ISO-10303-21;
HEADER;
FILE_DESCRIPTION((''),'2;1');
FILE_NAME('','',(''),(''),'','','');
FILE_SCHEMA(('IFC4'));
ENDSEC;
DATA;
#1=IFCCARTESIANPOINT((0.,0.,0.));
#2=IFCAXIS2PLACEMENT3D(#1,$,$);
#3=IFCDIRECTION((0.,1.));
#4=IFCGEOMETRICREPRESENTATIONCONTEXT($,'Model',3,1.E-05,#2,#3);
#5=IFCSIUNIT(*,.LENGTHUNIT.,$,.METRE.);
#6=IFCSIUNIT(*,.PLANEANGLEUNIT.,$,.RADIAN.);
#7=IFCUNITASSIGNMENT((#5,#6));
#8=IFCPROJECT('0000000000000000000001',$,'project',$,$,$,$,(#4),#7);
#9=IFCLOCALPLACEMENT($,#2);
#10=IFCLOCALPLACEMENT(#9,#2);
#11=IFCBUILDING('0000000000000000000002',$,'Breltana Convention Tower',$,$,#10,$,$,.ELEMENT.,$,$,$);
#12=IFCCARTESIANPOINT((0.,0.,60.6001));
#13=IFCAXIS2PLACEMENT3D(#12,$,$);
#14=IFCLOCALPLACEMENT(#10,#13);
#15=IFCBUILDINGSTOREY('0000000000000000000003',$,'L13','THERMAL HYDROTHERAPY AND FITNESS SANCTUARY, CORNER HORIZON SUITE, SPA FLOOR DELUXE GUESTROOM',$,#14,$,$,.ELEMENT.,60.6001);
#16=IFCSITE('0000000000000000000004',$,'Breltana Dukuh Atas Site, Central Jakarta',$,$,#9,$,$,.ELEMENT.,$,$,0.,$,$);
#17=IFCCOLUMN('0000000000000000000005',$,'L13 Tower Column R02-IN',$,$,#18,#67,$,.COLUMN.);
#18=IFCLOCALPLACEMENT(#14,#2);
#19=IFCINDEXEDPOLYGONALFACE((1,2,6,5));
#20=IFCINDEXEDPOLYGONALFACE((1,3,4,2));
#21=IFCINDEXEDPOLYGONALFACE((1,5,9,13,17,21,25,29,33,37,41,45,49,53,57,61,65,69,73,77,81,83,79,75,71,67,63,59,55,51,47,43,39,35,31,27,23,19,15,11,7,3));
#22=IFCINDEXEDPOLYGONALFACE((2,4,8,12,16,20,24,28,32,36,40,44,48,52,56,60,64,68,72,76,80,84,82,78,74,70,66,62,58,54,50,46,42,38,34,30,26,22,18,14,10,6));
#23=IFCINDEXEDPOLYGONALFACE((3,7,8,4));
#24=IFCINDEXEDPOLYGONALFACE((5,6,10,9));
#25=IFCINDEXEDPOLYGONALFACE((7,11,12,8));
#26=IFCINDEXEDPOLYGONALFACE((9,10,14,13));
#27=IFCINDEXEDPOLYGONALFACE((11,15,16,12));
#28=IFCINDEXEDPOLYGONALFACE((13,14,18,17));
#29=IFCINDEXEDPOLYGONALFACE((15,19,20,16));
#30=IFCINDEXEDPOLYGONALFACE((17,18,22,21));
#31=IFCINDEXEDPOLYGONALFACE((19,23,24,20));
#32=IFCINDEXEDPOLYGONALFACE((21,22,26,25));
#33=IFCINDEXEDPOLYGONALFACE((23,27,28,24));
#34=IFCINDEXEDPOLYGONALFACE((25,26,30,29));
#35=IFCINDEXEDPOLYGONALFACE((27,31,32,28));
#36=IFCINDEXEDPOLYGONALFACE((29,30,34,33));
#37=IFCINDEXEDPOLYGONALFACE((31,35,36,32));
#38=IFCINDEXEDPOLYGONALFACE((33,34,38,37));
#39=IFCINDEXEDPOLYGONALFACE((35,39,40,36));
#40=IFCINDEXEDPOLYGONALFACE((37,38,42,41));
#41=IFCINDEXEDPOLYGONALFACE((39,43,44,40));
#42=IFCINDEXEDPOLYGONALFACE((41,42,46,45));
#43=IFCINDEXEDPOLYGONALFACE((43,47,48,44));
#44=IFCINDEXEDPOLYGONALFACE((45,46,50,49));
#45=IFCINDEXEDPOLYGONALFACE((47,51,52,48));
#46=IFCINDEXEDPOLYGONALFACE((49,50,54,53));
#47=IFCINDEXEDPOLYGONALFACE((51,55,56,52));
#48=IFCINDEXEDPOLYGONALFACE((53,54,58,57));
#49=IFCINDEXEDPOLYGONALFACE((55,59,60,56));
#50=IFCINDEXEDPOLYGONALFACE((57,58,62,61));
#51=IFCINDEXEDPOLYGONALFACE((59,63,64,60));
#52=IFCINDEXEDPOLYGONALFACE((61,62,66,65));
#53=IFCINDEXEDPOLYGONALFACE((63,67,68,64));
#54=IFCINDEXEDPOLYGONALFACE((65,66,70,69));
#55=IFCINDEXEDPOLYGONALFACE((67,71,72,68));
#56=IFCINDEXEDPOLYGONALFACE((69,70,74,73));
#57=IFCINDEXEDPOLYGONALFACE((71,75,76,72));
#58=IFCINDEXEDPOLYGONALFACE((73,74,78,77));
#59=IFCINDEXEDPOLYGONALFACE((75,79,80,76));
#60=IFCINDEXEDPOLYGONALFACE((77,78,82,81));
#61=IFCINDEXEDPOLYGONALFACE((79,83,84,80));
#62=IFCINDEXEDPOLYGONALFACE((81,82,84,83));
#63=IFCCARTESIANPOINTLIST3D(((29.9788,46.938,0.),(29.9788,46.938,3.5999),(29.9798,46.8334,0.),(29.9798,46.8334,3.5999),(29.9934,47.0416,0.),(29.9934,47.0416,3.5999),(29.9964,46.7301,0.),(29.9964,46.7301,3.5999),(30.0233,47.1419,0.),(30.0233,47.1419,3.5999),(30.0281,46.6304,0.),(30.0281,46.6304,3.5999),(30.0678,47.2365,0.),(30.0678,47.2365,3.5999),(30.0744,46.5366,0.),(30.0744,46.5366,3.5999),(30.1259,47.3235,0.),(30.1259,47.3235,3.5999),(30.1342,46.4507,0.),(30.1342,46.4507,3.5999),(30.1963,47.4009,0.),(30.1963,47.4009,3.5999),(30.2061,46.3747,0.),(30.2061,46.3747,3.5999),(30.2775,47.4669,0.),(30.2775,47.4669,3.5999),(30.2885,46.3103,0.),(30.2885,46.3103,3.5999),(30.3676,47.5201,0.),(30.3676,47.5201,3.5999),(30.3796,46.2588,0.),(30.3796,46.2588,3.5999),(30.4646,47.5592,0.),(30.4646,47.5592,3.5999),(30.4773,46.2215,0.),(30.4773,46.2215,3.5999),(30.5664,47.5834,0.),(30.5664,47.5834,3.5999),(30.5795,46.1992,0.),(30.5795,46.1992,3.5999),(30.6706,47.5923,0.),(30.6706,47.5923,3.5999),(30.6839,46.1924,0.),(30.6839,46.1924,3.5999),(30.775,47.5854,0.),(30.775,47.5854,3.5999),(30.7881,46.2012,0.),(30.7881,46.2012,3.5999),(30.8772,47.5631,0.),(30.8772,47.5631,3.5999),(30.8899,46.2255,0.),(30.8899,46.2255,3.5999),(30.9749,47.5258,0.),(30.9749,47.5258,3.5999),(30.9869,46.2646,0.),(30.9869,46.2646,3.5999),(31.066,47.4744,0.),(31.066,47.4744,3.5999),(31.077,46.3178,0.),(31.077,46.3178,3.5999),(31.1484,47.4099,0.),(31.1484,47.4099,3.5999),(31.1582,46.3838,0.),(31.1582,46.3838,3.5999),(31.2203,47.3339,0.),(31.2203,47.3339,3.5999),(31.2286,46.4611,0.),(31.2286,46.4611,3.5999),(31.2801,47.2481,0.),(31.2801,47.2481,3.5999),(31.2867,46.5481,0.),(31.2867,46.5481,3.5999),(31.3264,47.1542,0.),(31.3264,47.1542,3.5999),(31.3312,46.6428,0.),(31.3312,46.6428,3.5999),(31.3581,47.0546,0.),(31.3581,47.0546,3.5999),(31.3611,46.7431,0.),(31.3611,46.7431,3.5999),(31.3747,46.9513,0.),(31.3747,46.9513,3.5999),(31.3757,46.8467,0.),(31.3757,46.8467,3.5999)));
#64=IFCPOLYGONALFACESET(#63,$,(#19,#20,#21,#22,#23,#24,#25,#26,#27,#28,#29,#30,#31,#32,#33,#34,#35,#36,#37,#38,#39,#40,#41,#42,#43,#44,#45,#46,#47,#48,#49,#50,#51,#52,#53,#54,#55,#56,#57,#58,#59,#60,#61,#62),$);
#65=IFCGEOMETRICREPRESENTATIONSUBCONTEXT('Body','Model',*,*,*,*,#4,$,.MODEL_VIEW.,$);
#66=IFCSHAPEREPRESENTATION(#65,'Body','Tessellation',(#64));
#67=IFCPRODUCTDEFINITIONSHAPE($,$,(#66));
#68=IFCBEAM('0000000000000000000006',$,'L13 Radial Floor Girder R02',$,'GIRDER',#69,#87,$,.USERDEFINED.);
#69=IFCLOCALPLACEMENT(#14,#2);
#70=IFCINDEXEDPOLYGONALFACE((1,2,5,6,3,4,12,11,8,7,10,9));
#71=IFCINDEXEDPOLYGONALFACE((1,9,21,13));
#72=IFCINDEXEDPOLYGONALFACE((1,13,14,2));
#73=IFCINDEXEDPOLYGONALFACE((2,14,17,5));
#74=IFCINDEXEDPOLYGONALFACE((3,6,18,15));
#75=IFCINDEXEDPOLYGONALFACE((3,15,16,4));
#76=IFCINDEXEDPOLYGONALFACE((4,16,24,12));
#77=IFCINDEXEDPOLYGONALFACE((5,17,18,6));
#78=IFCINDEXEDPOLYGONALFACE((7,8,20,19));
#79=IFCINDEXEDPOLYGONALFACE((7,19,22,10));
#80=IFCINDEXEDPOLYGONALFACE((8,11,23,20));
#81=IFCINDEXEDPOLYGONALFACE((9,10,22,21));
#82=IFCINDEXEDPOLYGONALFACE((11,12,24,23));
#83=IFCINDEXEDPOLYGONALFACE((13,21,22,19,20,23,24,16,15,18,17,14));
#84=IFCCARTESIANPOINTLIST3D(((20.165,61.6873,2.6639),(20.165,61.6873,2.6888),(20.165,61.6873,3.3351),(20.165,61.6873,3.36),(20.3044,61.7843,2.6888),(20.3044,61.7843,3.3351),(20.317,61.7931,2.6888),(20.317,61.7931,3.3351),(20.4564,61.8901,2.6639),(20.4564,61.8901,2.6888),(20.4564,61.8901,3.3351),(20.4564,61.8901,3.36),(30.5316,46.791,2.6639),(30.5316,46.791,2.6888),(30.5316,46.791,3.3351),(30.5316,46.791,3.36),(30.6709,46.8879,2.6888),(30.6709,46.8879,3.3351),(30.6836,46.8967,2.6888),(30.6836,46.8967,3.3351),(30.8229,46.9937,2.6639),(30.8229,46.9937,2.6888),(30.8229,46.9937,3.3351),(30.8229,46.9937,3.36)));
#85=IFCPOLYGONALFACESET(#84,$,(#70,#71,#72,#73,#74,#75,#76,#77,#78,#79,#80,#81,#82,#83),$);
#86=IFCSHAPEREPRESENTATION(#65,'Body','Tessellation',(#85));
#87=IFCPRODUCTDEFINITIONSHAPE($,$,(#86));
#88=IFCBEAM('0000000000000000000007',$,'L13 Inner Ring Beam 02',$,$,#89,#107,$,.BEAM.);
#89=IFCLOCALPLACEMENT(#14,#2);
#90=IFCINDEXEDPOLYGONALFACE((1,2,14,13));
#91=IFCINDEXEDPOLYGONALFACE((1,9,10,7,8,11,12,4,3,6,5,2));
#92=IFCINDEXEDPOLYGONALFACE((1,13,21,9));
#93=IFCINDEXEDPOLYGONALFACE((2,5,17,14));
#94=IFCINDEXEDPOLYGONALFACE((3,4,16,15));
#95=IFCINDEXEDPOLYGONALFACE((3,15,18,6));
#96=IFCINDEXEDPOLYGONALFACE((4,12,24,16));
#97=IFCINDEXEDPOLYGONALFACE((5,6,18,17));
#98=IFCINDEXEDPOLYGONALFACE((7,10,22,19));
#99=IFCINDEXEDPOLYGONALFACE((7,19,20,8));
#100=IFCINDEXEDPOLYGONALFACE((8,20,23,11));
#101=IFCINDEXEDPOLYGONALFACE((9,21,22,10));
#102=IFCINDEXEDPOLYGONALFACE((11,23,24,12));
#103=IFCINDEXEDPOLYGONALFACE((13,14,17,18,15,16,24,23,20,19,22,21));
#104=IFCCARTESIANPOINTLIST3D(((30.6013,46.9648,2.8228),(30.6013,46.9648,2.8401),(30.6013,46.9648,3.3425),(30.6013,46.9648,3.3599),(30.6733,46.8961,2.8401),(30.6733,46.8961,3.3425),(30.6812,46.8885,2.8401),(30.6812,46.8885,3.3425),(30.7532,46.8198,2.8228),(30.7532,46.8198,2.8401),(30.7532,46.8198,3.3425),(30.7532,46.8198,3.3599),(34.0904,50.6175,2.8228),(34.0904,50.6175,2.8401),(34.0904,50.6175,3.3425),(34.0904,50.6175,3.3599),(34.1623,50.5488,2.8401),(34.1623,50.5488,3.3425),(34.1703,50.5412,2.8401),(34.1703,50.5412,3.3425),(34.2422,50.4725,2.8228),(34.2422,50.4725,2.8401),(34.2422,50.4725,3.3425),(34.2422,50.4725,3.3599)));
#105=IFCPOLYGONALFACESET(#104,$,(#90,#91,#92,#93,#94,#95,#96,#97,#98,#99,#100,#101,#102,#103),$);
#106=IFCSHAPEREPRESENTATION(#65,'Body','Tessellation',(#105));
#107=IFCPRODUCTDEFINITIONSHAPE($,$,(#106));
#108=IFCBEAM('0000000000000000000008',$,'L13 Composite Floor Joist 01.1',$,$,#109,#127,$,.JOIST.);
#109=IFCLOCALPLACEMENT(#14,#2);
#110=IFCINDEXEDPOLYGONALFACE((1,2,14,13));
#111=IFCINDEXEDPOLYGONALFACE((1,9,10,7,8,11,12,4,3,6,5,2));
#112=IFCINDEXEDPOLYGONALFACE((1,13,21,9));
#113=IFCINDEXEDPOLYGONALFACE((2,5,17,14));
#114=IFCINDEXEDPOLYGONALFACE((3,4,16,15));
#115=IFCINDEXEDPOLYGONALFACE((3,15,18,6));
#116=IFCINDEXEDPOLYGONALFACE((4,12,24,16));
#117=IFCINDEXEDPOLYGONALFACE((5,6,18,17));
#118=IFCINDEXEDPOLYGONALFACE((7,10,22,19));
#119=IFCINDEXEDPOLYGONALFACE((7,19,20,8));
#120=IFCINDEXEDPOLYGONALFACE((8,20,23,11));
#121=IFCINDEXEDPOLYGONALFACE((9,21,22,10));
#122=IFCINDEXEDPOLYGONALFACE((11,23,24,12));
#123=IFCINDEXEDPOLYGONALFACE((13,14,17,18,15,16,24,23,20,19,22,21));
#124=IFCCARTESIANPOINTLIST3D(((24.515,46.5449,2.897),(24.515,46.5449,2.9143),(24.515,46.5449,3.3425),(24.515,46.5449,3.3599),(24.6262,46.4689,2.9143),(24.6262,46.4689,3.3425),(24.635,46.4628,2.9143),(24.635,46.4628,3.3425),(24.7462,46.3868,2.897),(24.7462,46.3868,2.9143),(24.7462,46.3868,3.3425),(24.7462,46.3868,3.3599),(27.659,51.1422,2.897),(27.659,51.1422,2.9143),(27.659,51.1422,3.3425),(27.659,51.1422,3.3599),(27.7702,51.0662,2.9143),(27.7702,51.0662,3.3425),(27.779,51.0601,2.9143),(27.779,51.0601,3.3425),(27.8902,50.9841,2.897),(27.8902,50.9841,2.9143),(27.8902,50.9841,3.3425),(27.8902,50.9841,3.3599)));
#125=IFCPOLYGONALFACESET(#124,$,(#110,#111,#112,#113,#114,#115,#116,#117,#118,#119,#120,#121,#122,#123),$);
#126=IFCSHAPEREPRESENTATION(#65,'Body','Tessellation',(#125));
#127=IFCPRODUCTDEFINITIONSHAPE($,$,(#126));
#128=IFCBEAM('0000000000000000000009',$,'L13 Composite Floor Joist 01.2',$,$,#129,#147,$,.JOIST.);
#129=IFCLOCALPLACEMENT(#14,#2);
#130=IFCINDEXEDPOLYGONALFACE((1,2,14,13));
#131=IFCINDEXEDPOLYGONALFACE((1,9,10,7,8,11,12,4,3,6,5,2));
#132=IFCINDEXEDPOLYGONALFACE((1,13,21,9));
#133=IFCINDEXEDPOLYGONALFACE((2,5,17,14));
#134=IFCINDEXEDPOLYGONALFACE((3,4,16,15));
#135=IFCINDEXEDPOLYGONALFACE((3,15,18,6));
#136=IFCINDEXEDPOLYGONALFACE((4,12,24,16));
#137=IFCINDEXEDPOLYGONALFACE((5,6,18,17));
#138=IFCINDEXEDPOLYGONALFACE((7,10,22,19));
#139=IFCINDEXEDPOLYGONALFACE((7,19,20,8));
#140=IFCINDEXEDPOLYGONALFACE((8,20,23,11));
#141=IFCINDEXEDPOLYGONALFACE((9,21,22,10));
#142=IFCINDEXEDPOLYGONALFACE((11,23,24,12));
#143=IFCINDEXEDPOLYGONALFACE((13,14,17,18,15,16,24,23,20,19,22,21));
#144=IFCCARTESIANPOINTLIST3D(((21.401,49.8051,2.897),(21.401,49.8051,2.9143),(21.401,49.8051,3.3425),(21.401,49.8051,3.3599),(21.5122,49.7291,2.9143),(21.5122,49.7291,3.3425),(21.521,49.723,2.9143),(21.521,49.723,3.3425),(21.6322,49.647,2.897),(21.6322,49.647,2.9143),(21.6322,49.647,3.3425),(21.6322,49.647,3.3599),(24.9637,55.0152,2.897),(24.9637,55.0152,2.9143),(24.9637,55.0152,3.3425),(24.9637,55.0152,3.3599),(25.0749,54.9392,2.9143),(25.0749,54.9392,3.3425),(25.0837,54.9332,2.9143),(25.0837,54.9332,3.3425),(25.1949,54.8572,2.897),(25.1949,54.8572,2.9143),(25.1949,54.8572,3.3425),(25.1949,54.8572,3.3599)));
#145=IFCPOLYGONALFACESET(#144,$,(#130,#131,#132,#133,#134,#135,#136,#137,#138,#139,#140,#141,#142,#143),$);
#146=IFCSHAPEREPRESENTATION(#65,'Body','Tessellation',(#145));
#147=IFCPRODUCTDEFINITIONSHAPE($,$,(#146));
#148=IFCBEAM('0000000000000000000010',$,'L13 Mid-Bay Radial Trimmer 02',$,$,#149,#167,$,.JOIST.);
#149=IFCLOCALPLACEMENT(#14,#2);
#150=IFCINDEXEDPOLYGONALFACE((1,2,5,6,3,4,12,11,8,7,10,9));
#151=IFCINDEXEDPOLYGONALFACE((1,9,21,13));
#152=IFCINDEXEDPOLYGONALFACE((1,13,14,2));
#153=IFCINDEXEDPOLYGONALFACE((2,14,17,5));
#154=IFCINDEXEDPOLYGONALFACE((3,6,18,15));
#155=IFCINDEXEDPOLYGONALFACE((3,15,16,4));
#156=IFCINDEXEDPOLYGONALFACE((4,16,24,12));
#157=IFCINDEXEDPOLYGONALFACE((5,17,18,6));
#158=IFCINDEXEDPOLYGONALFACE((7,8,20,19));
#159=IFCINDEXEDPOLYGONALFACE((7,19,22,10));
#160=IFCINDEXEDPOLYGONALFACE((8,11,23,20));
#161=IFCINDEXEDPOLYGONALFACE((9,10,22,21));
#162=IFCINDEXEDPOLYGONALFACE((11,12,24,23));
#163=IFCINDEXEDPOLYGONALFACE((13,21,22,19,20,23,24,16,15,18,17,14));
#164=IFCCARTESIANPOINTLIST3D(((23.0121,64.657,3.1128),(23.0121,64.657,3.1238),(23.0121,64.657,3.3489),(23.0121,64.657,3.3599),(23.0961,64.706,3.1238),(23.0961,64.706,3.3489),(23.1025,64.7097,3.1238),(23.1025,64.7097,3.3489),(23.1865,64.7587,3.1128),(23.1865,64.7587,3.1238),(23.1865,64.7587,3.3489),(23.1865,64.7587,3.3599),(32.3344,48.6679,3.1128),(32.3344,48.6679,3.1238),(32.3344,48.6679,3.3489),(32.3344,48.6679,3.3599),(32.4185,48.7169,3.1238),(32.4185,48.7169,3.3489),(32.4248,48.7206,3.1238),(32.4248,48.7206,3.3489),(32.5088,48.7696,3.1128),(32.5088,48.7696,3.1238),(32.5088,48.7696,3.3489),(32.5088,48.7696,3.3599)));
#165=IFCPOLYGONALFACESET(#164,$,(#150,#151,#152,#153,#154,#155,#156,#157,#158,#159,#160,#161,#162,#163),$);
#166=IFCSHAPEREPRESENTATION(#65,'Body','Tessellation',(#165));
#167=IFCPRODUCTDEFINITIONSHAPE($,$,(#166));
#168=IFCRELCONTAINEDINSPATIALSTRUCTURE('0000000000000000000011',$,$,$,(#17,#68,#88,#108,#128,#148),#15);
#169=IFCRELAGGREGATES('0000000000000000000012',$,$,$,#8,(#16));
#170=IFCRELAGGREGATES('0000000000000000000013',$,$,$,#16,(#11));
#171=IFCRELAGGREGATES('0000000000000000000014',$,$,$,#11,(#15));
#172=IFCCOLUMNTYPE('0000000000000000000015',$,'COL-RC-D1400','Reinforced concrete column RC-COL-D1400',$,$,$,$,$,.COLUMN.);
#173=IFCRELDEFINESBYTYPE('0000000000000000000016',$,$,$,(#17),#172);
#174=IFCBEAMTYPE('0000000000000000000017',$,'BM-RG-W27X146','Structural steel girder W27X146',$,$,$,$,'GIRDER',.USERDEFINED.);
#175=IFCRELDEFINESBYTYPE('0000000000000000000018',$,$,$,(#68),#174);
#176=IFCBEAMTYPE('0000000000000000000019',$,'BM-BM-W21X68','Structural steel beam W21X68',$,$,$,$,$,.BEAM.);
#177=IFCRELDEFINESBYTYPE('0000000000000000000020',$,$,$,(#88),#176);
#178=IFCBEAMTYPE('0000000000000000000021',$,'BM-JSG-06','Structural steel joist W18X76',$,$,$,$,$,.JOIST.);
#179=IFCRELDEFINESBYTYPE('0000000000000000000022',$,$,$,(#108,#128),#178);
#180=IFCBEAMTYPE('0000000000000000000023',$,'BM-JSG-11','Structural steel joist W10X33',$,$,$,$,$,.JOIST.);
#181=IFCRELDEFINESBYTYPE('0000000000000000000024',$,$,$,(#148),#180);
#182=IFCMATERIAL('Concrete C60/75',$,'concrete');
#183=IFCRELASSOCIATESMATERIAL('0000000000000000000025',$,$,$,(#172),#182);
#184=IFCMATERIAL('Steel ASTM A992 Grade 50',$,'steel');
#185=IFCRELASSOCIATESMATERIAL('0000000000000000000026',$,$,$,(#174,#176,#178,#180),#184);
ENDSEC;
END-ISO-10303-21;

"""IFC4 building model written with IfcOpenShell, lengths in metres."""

from ifc_helpers import new_model, si_unit, direction, frame, origin, origin_2d, place, context, subcontext, project, spatial, circle, i_section, extrude, source, transform, mapped, material, material_profile, profile_set, type_object, type_shapes, element, save


model = new_model("IFC4")

# Units and contexts
model_context = context("Model", 3, precision=1e-05, world=origin(), true_north=direction((0.0, 1.0)))
body_context = subcontext(model_context, "Body", "Model", "MODEL_VIEW")
ifc_project = project(units=[si_unit("LENGTHUNIT", "METRE"), si_unit("PLANEANGLEUNIT", "RADIAN")], contexts=[model_context])

# Site, building, storey
site_placement = place(None, origin())
site = spatial("IfcSite", under=ifc_project, at=site_placement, Name="Breltana Dukuh Atas Site, Central Jakarta", CompositionType="ELEMENT", RefElevation=0.0)
building_placement = place(site_placement, origin())
building = spatial("IfcBuilding", under=site, at=building_placement, Name="Breltana Convention Tower", CompositionType="ELEMENT")
storey_placement = place(building_placement, frame((0.0, 0.0, 60.6001)))
storey = spatial("IfcBuildingStorey", under=building, at=storey_placement, Name="L13", Description="THERMAL HYDROTHERAPY AND FITNESS SANCTUARY, CORNER HORIZON SUITE, SPA FLOOR DELUXE GUESTROOM", CompositionType="ELEMENT", Elevation=60.6001)

# Column
ifc_material_1 = material(Name="Concrete C60/75", Category="concrete")
ifc_material_profile_1 = material_profile(ifc_material_1, circle(Radius=0.7, at=origin_2d()), Name="RC-COL-D1400")
ifc_profile_set_1 = profile_set([ifc_material_profile_1], Name="Concrete C60/75")
column_type = type_object("IfcColumnType", Name="COL-RC-D1400", Description="Reinforced concrete column RC-COL-D1400", PredefinedType="COLUMN", material=ifc_profile_set_1)
shared_shape_1 = source(origin(), body_context, "Body", "SweptSolid", [
    extrude(circle(Radius=0.7, at=origin_2d()), origin(), (0.0, 0.0, 1.0), 3.5999),
])
column_placement = place(storey_placement, frame((30.6772, 46.8923, 0.0), z_axis=(0.0, 0.0, 1.0), x_axis=(-0.571143, 0.82085, 0.0)))
element("IfcColumn", 1, at=column_placement, inside=storey, type_object=column_type, Name="L13 Tower Column R02-IN", PredefinedType="COLUMN", context=body_context, shape_type="MappedRepresentation", body=[
    mapped(shared_shape_1, transform((0.0, 0.0, 0.0), scale=1.0)),
])

# Beams
ifc_material_2 = material(Name="Steel ASTM A992 Grade 50", Category="steel")
ifc_material_profile_2 = material_profile(ifc_material_2, i_section(OverallWidth=0.355, OverallDepth=0.696, WebThickness=0.0154, FlangeThickness=0.0249, at=origin_2d()), Name="W27X146")
ifc_profile_set_2 = profile_set([ifc_material_profile_2], Name="Steel ASTM A992 Grade 50")
beam_type_1 = type_object("IfcBeamType", Name="BM-RG-W27X146", Description="Structural steel girder W27X146", ElementType="GIRDER", PredefinedType="USERDEFINED", material=ifc_profile_set_2)
shared_shape_2 = source(origin(), body_context, "Body", "SweptSolid", [
    extrude(i_section(OverallWidth=0.355, OverallDepth=0.696, WebThickness=0.0154, FlangeThickness=0.0249, at=origin_2d()), origin(), (0.0, 0.0, 1.0), 18.1484),
])
beam_1_placement = place(storey_placement, frame((30.6772, 46.8923, 3.012), z_axis=(-0.571208, 0.820806, 0.0), x_axis=(-0.820806, -0.571208, 0.0)))
element("IfcBeam", 2, at=beam_1_placement, inside=storey, type_object=beam_type_1, Name="L13 Radial Floor Girder R02", ObjectType="GIRDER", PredefinedType="USERDEFINED", context=body_context, shape_type="MappedRepresentation", body=[
    mapped(shared_shape_2, transform((0.0, 0.0, 0.0), scale=1.0)),
])
ifc_material_profile_3 = material_profile(ifc_material_2, i_section(OverallWidth=0.21, OverallDepth=0.5371, WebThickness=0.011, FlangeThickness=0.0173, at=origin_2d()), Name="W21X68")
ifc_profile_set_3 = profile_set([ifc_material_profile_3], Name="Steel ASTM A992 Grade 50")
beam_type_2 = type_object("IfcBeamType", Name="BM-BM-W21X68", Description="Structural steel beam W21X68", PredefinedType="BEAM", material=ifc_profile_set_3)
shared_shape_3 = source(origin(), body_context, "Body", "SweptSolid", [
    extrude(i_section(OverallWidth=0.21, OverallDepth=0.5371, WebThickness=0.011, FlangeThickness=0.0173, at=origin_2d()), origin(), (0.0, 0.0, 1.0), 5.0513),
])
beam_2_placement = place(storey_placement, frame((30.6772, 46.8923, 3.0913), z_axis=(0.69073, 0.723113, 0.0), x_axis=(-0.723113, 0.69073, 0.0)))
element("IfcBeam", 3, at=beam_2_placement, inside=storey, type_object=beam_type_2, Name="L13 Inner Ring Beam 02", PredefinedType="BEAM", context=body_context, shape_type="MappedRepresentation", body=[
    mapped(shared_shape_3, transform((0.0, 0.0, 0.0), scale=1.0)),
])
ifc_material_profile_4 = material_profile(ifc_material_2, i_section(OverallWidth=0.28, OverallDepth=0.4629, WebThickness=0.0107, FlangeThickness=0.0173, at=origin_2d()), Name="W18X76")
ifc_profile_set_4 = profile_set([ifc_material_profile_4], Name="Steel ASTM A992 Grade 50")
beam_type_3 = type_object("IfcBeamType", Name="BM-JSG-06", Description="Structural steel joist W18X76", PredefinedType="JOIST", material=ifc_profile_set_4)
shared_shape_4 = source(origin(), body_context, "Body", "SweptSolid", [
    extrude(i_section(OverallWidth=0.28, OverallDepth=0.4629, WebThickness=0.0107, FlangeThickness=0.0173, at=origin_2d()), origin(), (0.0, 0.0, 1.0), 5.5696),
])
type_shapes(beam_type_3, [shared_shape_4])
beam_3_placement = place(storey_placement, frame((24.6306, 46.4658, 3.1284), z_axis=(0.564494, 0.825437, 0.0), x_axis=(-0.825437, 0.564494, 0.0)))
element("IfcBeam", 4, at=beam_3_placement, inside=storey, type_object=beam_type_3, Name="L13 Composite Floor Joist 01.1", PredefinedType="JOIST", context=body_context, shape_type="MappedRepresentation", body=[
    mapped(shared_shape_4, transform((0.0, 0.0, 0.0), scale=1.0)),
])
shared_shape_5 = source(origin(), body_context, "Body", "SweptSolid", [
    extrude(i_section(OverallWidth=0.28, OverallDepth=0.4629, WebThickness=0.0107, FlangeThickness=0.0173, at=origin_2d()), origin(), (0.0, 0.0, 1.0), 6.3118),
])
beam_4_placement = place(storey_placement, frame((21.5166, 49.7261, 3.1284), z_axis=(0.564454, 0.825465, 0.0), x_axis=(-0.825465, 0.564454, 0.0)))
element("IfcBeam", 5, at=beam_4_placement, inside=storey, type_object=beam_type_3, Name="L13 Composite Floor Joist 01.2", PredefinedType="JOIST", context=body_context, shape_type="MappedRepresentation", body=[
    mapped(shared_shape_5, transform((0.0, 0.0, 0.0), scale=1.0)),
])
ifc_material_profile_5 = material_profile(ifc_material_2, i_section(OverallWidth=0.2019, OverallDepth=0.2471, WebThickness=0.0073, FlangeThickness=0.011, at=origin_2d()), Name="W10X33")
ifc_profile_set_5 = profile_set([ifc_material_profile_5], Name="Steel ASTM A992 Grade 50")
beam_type_4 = type_object("IfcBeamType", Name="BM-JSG-11", Description="Structural steel joist W10X33", PredefinedType="JOIST", material=ifc_profile_set_5)
shared_shape_6 = source(origin(), body_context, "Body", "SweptSolid", [
    extrude(i_section(OverallWidth=0.2019, OverallDepth=0.2471, WebThickness=0.0073, FlangeThickness=0.011, at=origin_2d()), origin(), (0.0, 0.0, 1.0), 18.5083),
])
beam_5_placement = place(storey_placement, frame((32.4216, 48.7188, 3.2363), z_axis=(-0.503683, 0.863888, 0.0), x_axis=(-0.863888, -0.503683, 0.0)))
element("IfcBeam", 6, at=beam_5_placement, inside=storey, type_object=beam_type_4, Name="L13 Mid-Bay Radial Trimmer 02", PredefinedType="JOIST", context=body_context, shape_type="MappedRepresentation", body=[
    mapped(shared_shape_6, transform((0.0, 0.0, 0.0), scale=1.0)),
])

save(model, "model.ifc")
